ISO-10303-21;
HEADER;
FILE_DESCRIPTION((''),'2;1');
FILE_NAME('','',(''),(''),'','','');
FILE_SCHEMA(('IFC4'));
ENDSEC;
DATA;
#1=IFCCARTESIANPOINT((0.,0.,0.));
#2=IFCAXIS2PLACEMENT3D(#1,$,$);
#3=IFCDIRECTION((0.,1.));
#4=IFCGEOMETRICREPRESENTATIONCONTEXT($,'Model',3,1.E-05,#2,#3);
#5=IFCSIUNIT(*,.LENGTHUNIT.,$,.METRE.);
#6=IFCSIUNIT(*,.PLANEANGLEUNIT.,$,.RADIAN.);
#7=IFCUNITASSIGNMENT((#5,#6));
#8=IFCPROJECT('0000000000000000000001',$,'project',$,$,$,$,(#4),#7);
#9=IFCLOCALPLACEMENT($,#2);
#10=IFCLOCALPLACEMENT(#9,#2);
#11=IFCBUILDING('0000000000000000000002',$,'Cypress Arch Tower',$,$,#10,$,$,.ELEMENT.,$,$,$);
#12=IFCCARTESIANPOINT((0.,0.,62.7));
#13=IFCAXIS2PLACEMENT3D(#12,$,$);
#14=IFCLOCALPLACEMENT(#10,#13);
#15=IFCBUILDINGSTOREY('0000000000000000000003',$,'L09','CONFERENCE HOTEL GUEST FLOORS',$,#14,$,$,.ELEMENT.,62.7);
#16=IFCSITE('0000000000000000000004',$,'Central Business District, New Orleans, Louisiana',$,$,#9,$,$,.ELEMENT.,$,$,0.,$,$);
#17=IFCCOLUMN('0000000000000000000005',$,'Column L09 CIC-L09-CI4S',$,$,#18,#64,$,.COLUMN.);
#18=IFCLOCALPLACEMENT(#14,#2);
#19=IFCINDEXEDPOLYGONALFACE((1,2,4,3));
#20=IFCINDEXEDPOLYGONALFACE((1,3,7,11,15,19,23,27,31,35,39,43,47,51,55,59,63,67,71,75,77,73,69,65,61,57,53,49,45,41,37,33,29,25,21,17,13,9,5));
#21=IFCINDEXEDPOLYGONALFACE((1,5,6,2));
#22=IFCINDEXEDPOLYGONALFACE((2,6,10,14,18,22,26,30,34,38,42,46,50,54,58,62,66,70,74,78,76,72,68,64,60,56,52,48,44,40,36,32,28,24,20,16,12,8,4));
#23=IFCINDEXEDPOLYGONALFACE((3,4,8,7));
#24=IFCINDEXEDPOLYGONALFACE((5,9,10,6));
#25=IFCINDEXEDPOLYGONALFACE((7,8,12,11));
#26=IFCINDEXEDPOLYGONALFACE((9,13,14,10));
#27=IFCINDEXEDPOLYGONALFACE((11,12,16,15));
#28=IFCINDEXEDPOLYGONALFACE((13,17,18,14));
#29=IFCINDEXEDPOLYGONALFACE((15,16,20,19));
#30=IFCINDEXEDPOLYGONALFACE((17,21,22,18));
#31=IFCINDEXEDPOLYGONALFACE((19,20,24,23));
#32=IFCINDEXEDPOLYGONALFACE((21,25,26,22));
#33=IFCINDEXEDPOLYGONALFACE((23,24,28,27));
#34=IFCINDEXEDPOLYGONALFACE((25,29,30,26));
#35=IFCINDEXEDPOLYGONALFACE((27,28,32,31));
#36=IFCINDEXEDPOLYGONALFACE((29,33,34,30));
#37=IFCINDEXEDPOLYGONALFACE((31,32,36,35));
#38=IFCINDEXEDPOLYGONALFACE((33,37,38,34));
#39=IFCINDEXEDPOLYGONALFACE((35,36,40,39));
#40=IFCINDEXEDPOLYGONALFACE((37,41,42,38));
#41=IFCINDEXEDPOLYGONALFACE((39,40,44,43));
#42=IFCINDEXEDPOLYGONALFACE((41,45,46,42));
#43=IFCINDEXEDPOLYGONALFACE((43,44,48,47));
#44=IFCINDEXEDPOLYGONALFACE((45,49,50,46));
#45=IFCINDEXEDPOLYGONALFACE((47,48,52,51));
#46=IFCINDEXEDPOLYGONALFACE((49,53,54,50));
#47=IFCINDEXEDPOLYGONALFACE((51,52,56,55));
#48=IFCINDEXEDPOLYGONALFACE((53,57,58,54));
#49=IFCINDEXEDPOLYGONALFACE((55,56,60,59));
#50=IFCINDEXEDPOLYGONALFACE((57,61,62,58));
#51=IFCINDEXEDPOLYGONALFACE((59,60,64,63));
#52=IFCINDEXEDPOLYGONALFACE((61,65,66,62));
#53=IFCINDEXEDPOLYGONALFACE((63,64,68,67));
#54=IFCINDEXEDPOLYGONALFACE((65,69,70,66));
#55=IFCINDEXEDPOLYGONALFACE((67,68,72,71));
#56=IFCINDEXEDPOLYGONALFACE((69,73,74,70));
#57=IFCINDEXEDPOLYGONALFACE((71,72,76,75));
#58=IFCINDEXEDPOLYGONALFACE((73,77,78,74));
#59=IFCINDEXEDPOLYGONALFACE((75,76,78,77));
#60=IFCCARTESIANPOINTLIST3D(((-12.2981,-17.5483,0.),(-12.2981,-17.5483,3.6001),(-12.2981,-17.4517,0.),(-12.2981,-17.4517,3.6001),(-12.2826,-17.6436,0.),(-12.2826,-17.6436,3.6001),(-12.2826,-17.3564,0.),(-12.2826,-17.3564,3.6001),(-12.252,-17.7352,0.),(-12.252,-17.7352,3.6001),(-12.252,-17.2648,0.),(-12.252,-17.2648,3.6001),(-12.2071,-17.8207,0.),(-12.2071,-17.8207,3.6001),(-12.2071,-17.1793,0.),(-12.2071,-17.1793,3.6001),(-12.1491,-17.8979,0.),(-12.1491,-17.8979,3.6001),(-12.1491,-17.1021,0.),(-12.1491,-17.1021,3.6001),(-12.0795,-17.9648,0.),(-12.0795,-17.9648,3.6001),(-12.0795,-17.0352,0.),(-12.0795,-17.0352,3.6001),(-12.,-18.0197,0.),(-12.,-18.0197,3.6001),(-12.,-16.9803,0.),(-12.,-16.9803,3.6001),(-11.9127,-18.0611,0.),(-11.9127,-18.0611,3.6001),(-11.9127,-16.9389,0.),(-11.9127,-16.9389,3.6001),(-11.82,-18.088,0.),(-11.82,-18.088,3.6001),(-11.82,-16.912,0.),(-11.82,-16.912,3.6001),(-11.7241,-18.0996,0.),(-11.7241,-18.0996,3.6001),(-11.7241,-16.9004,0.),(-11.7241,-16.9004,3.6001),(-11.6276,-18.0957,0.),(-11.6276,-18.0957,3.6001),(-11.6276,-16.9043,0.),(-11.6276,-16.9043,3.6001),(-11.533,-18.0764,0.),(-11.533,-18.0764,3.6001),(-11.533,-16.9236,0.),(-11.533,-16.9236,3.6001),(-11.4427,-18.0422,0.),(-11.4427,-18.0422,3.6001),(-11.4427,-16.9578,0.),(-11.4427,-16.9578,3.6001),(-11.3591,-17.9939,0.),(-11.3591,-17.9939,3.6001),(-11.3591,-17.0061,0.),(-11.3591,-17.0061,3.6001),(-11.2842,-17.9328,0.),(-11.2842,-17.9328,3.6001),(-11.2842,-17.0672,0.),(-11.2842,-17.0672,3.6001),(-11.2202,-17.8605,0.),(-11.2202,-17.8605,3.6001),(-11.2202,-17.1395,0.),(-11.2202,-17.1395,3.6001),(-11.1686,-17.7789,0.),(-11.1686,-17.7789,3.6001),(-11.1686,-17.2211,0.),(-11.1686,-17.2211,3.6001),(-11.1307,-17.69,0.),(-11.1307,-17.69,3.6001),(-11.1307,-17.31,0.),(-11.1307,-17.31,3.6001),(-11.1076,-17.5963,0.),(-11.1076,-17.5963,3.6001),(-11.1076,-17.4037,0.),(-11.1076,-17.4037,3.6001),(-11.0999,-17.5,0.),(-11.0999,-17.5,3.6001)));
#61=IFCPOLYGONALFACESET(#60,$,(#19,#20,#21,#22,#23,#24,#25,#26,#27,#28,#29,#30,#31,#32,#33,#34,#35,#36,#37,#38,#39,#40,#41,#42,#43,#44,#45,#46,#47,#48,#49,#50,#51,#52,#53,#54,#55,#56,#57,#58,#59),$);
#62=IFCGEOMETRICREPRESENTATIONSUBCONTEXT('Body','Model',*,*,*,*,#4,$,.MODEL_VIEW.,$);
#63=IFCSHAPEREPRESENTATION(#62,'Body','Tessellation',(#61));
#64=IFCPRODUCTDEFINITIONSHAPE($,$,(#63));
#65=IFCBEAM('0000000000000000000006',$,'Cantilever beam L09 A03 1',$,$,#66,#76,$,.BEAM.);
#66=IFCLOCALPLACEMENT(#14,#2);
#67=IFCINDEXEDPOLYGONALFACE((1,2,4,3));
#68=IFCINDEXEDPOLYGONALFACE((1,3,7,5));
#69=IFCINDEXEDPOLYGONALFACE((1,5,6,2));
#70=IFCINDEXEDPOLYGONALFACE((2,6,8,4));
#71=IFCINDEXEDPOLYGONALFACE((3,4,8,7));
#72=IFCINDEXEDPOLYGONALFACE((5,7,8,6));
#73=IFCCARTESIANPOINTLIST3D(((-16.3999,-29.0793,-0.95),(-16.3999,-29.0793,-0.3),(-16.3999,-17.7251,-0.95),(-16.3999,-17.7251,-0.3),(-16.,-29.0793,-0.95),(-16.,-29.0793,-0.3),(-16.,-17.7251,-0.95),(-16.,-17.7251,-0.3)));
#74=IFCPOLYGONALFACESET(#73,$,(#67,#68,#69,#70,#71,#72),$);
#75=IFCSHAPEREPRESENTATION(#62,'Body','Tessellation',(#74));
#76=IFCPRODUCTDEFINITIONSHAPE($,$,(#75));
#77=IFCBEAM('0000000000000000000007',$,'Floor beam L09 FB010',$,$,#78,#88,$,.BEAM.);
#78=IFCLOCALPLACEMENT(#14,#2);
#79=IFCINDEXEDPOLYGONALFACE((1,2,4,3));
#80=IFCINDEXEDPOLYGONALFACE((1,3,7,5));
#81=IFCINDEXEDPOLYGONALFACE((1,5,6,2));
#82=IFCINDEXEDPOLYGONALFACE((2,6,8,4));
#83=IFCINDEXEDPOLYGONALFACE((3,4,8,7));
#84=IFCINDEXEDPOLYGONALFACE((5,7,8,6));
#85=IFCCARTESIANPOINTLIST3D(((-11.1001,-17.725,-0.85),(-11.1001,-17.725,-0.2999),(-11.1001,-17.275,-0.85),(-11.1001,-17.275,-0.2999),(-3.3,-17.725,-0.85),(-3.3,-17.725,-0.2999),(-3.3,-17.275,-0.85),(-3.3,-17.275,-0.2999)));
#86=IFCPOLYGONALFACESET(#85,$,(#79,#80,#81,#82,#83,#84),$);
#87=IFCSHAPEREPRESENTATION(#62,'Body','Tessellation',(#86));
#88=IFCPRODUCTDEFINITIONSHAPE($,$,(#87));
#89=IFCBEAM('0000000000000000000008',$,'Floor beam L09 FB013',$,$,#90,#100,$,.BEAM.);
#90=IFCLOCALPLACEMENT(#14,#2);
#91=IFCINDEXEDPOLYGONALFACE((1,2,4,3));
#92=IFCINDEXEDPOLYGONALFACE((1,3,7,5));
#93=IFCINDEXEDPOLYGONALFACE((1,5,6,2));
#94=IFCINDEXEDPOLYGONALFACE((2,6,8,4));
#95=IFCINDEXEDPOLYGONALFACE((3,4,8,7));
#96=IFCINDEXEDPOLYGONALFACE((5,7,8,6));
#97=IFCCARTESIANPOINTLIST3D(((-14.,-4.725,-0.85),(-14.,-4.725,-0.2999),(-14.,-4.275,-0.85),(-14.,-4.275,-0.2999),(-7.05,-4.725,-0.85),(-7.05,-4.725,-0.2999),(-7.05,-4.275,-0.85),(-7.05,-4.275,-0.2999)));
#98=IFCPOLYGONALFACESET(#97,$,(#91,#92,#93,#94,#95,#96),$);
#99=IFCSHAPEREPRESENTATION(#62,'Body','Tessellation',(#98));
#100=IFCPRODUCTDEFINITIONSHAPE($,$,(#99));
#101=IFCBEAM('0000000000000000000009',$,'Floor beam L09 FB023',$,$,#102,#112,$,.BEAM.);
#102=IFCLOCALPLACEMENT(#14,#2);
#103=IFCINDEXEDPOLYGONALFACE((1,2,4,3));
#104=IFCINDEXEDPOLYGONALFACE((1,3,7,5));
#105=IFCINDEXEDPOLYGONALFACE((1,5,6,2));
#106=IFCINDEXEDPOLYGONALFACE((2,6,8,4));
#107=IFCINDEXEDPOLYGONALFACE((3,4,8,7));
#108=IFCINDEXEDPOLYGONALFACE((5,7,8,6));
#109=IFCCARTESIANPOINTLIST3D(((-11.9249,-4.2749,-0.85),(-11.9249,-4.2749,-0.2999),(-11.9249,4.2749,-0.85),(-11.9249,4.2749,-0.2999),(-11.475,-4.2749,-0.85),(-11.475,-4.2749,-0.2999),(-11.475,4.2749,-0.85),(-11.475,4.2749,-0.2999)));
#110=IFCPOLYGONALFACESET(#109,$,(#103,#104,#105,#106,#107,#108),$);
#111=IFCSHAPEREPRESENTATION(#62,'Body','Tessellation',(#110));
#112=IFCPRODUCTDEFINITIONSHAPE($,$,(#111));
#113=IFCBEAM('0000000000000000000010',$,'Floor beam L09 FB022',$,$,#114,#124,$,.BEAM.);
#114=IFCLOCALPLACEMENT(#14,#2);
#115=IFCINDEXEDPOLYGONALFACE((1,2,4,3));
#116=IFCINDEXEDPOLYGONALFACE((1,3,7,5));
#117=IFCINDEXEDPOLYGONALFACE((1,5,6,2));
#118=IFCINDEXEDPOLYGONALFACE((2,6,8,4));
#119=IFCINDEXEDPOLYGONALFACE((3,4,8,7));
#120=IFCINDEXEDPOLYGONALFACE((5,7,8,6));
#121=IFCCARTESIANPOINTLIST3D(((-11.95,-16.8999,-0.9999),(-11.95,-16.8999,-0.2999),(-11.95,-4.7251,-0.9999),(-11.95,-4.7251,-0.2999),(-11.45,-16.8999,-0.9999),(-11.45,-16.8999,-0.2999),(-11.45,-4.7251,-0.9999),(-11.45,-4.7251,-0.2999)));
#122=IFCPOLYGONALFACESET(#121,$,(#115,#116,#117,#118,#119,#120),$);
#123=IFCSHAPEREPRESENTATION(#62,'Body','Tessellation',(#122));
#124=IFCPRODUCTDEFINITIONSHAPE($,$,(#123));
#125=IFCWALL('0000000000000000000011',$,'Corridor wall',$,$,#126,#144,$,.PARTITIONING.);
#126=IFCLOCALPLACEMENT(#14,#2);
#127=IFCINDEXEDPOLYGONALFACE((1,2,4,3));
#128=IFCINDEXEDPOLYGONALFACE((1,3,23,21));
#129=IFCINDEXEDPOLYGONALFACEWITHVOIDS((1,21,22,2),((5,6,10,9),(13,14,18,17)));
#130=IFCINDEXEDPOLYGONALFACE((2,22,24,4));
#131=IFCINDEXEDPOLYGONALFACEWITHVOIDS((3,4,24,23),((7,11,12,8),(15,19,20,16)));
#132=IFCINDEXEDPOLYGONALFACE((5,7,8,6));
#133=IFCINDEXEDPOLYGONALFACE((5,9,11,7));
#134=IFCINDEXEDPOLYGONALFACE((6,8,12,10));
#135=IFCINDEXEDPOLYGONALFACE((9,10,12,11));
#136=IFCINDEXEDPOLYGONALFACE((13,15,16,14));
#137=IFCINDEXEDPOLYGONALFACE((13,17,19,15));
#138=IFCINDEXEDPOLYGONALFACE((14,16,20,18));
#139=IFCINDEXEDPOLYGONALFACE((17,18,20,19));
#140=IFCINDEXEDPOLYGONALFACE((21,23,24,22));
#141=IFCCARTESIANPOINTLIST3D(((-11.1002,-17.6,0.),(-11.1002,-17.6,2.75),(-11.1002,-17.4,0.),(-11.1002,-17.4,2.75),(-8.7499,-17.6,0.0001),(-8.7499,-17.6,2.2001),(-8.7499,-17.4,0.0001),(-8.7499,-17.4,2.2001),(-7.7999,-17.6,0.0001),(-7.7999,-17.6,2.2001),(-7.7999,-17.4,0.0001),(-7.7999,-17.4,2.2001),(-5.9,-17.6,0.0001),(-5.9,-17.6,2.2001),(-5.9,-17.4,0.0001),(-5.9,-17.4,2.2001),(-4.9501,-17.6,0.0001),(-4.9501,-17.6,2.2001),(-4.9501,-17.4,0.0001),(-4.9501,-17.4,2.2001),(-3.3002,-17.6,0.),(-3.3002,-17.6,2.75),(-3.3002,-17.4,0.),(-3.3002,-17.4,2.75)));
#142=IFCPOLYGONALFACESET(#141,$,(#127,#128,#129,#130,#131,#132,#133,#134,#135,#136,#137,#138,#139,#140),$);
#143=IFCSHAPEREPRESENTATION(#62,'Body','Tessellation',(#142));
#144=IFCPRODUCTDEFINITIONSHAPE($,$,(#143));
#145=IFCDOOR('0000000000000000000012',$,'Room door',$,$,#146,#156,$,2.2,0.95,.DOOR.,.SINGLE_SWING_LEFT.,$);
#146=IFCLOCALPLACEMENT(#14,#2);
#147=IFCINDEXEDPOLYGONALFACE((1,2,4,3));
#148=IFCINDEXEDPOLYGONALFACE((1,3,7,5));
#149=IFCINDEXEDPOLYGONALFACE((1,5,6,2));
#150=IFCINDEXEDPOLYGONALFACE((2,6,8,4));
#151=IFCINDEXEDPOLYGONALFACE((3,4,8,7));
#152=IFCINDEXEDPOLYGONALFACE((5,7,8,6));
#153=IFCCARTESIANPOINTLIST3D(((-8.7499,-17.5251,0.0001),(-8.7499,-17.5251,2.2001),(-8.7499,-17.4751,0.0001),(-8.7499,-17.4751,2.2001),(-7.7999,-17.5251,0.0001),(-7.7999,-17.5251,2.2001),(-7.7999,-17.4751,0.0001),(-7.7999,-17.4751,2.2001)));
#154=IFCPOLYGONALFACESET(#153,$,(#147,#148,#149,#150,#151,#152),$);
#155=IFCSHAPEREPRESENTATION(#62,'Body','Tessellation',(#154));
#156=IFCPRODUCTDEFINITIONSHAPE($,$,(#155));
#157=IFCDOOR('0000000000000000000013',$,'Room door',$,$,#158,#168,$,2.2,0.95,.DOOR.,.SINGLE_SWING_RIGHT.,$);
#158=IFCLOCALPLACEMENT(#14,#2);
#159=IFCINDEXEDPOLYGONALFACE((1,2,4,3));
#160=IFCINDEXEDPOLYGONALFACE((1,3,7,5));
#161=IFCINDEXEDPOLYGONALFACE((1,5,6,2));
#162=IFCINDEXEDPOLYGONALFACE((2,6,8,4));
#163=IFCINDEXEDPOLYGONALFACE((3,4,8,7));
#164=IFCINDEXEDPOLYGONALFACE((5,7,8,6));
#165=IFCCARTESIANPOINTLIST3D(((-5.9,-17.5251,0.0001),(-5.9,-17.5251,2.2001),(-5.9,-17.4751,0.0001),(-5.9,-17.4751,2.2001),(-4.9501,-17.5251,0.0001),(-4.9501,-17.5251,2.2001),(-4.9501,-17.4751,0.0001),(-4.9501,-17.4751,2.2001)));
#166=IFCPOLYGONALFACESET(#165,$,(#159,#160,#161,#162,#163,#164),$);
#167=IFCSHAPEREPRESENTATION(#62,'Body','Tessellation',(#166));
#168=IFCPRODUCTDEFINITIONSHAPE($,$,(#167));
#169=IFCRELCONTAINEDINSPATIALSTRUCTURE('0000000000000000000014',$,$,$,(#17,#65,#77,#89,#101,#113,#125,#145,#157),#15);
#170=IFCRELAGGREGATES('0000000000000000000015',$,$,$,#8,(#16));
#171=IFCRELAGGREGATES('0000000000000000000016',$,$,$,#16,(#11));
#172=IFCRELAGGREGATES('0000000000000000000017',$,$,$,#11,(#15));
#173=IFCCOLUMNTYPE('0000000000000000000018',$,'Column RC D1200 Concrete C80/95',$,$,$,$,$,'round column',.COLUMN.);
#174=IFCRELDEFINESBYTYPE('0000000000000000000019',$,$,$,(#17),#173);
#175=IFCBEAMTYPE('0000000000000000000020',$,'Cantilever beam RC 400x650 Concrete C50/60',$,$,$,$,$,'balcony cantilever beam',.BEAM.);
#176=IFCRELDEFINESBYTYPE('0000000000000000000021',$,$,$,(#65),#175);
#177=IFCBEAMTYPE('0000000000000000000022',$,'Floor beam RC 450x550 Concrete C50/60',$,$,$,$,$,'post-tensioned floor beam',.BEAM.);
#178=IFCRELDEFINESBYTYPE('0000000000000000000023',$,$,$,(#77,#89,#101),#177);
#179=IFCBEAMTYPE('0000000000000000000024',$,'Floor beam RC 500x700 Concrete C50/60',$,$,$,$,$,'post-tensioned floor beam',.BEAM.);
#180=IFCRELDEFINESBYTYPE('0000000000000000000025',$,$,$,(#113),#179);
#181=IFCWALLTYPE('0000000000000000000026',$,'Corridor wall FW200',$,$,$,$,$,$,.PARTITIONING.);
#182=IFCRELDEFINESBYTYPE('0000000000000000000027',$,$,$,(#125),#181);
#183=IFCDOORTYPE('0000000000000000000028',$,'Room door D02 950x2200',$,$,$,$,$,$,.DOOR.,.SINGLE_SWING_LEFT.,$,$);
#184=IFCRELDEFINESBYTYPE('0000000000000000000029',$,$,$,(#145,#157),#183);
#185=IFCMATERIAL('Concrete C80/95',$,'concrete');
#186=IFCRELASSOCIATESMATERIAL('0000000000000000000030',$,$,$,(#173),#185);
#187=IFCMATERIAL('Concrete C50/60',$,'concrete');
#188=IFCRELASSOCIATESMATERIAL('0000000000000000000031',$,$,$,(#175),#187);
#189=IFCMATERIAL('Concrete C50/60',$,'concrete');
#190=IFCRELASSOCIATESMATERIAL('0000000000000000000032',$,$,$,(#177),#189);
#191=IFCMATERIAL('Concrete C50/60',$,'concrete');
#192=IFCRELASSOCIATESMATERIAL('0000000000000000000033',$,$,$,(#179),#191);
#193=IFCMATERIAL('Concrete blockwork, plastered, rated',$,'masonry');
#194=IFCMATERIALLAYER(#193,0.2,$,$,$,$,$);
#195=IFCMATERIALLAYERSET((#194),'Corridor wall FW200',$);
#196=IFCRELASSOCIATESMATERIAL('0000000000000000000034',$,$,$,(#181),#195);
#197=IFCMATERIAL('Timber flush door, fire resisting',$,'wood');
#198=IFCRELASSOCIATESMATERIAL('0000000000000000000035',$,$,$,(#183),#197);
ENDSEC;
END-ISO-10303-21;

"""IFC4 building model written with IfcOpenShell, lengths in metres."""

from ifc_helpers import new_model, si_unit, direction, frame, frame_2d, origin, origin_2d, place, context, subcontext, project, spatial, rectangle, circle, extrude, material, layer, layer_set, material_profile, profile_set, type_object, element, fill, save


model = new_model("IFC4")

# Units and contexts
model_context = context("Model", 3, precision=1e-05, world=origin(), true_north=direction((0.0, 1.0)))
body_context = subcontext(model_context, "Body", "Model", "MODEL_VIEW")
ifc_project = project(units=[si_unit("LENGTHUNIT", "METRE"), si_unit("PLANEANGLEUNIT", "RADIAN")], contexts=[model_context])

# Site, building, storey
site_placement = place(None, origin())
site = spatial("IfcSite", under=ifc_project, at=site_placement, Name="Central Business District, New Orleans, Louisiana", CompositionType="ELEMENT", RefElevation=0.0)
building_placement = place(site_placement, origin())
building = spatial("IfcBuilding", under=site, at=building_placement, Name="Cypress Arch Tower", CompositionType="ELEMENT")
storey_placement = place(building_placement, frame((0.0, 0.0, 62.7)))
storey = spatial("IfcBuildingStorey", under=building, at=storey_placement, Name="L09", Description="CONFERENCE HOTEL GUEST FLOORS", CompositionType="ELEMENT", Elevation=62.7)

# Column
ifc_material_1 = material(Name="Concrete C80/95", Category="concrete")
ifc_material_profile_1 = material_profile(ifc_material_1, circle(Radius=0.6001, at=origin_2d()), Name="RC D1200")
ifc_profile_set_1 = profile_set([ifc_material_profile_1], Name="Concrete C80/95")
column_type = type_object("IfcColumnType", Name="Column RC D1200 Concrete C80/95", ElementType="round column", PredefinedType="COLUMN", material=ifc_profile_set_1)
column_placement = place(storey_placement, frame((-11.7, -17.5, 0.0), z_axis=(0.0, 0.0, 1.0), x_axis=(1.0, 0.0, 0.0)))
element("IfcColumn", 1, at=column_placement, inside=storey, type_object=column_type, Name="Column L09 CIC-L09-CI4S", PredefinedType="COLUMN", context=body_context, shape_type="SweptSolid", body=[
    extrude(circle(Radius=0.6001, at=origin_2d()), origin(), (0.0, 0.0, 1.0), 3.6001),
])

# Beams
ifc_material_2 = material(Name="Concrete C50/60", Category="concrete")
ifc_material_profile_2 = material_profile(ifc_material_2, rectangle(XDim=0.3999, YDim=0.6499, at=origin_2d()), Name="RC 400x650")
ifc_profile_set_2 = profile_set([ifc_material_profile_2], Name="Concrete C50/60")
beam_type_1 = type_object("IfcBeamType", Name="Cantilever beam RC 400x650 Concrete C50/60", ElementType="balcony cantilever beam", PredefinedType="BEAM", material=ifc_profile_set_2)
beam_1_placement = place(storey_placement, frame((-16.2, -17.7251, -0.625), z_axis=(0.0, -1.0, 0.0), x_axis=(1.0, 0.0, 0.0)))
element("IfcBeam", 2, at=beam_1_placement, inside=storey, type_object=beam_type_1, Name="Cantilever beam L09 A03 1", PredefinedType="BEAM", context=body_context, shape_type="SweptSolid", body=[
    extrude(rectangle(XDim=0.3999, YDim=0.6499, at=origin_2d()), origin(), (0.0, 0.0, 1.0), 11.3542),
])
ifc_material_3 = material(Name="Concrete C50/60", Category="concrete")
ifc_material_profile_3 = material_profile(ifc_material_3, rectangle(XDim=0.45, YDim=0.55, at=origin_2d()), Name="RC 450x550")
ifc_profile_set_3 = profile_set([ifc_material_profile_3], Name="Concrete C50/60")
beam_type_2 = type_object("IfcBeamType", Name="Floor beam RC 450x550 Concrete C50/60", ElementType="post-tensioned floor beam", PredefinedType="BEAM", material=ifc_profile_set_3)
beam_2_placement = place(storey_placement, frame((-11.1001, -17.5, -0.575), z_axis=(1.0, 0.0, 0.0), x_axis=(0.0, 1.0, 0.0)))
element("IfcBeam", 3, at=beam_2_placement, inside=storey, type_object=beam_type_2, Name="Floor beam L09 FB010", PredefinedType="BEAM", context=body_context, shape_type="SweptSolid", body=[
    extrude(rectangle(XDim=0.45, YDim=0.55, at=origin_2d()), origin(), (0.0, 0.0, 1.0), 7.8),
])
beam_3_placement = place(storey_placement, frame((-14.0, -4.5, -0.575), z_axis=(1.0, 0.0, 0.0), x_axis=(0.0, 1.0, 0.0)))
element("IfcBeam", 4, at=beam_3_placement, inside=storey, type_object=beam_type_2, Name="Floor beam L09 FB013", PredefinedType="BEAM", context=body_context, shape_type="SweptSolid", body=[
    extrude(rectangle(XDim=0.45, YDim=0.55, at=origin_2d()), origin(), (0.0, 0.0, 1.0), 6.95),
])
beam_4_placement = place(storey_placement, frame((-11.7, -4.2749, -0.575), z_axis=(0.0, 1.0, 0.0), x_axis=(-1.0, 0.0, 0.0)))
element("IfcBeam", 5, at=beam_4_placement, inside=storey, type_object=beam_type_2, Name="Floor beam L09 FB023", PredefinedType="BEAM", context=body_context, shape_type="SweptSolid", body=[
    extrude(rectangle(XDim=0.45, YDim=0.55, at=origin_2d()), origin(), (0.0, 0.0, 1.0), 8.5498),
])
ifc_material_4 = material(Name="Concrete C50/60", Category="concrete")
ifc_material_profile_4 = material_profile(ifc_material_4, rectangle(XDim=0.5, YDim=0.7, at=origin_2d()), Name="RC 500x700")
ifc_profile_set_4 = profile_set([ifc_material_profile_4], Name="Concrete C50/60")
beam_type_3 = type_object("IfcBeamType", Name="Floor beam RC 500x700 Concrete C50/60", ElementType="post-tensioned floor beam", PredefinedType="BEAM", material=ifc_profile_set_4)
beam_5_placement = place(storey_placement, frame((-11.7, -16.8999, -0.6499), z_axis=(0.0, 1.0, 0.0), x_axis=(-1.0, 0.0, 0.0)))
element("IfcBeam", 6, at=beam_5_placement, inside=storey, type_object=beam_type_3, Name="Floor beam L09 FB022", PredefinedType="BEAM", context=body_context, shape_type="SweptSolid", body=[
    extrude(rectangle(XDim=0.5, YDim=0.7, at=origin_2d()), origin(), (0.0, 0.0, 1.0), 12.1748),
])

# Wall, openings, doors
ifc_material_5 = material(Name="Concrete blockwork, plastered, rated", Category="masonry")
ifc_layer_1 = layer(ifc_material_5, 0.2)
ifc_layer_set_1 = layer_set([ifc_layer_1], Name="Corridor wall FW200")
wall_type_1 = type_object("IfcWallType", Name="Corridor wall FW200", PredefinedType="PARTITIONING", material=ifc_layer_set_1)
wall_1_placement = place(storey_placement, frame((-11.1001, -17.5, 0.0), z_axis=(0.0, 0.0, 1.0), x_axis=(1.0, 0.0, 0.0)))
wall_1 = element("IfcWall", 7, at=wall_1_placement, inside=storey, type_object=wall_type_1, Name="Corridor wall", PredefinedType="PARTITIONING", context=body_context, shape_type="SweptSolid", body=[
    extrude(rectangle(XDim=7.8, YDim=0.2, at=frame_2d((3.8999, 0.0))), origin(), (0.0, 0.0, 1.0), 2.75),
])
opening_1_placement = place(wall_1_placement, frame((2.3501, 0.0, 0.0)))
opening_1 = element("IfcOpeningElement", 8, at=opening_1_placement, cuts=wall_1, PredefinedType="OPENING", context=body_context, shape_type="SweptSolid", body=[
    extrude(rectangle(XDim=0.95, YDim=2.2, at=frame_2d((0.4751, 1.1001))), frame((0.0, 0.1099, 0.0), z_axis=(0.0, -1.0, 0.0), x_axis=(1.0, 0.0, 0.0)), (0.0, 0.0, 1.0), 0.22),
])
opening_2_placement = place(wall_1_placement, frame((5.2, 0.0, 0.0)))
opening_2 = element("IfcOpeningElement", 9, at=opening_2_placement, cuts=wall_1, PredefinedType="OPENING", context=body_context, shape_type="SweptSolid", body=[
    extrude(rectangle(XDim=0.95, YDim=2.2, at=frame_2d((0.4751, 1.1001))), frame((0.0, 0.1099, 0.0), z_axis=(0.0, -1.0, 0.0), x_axis=(1.0, 0.0, 0.0)), (0.0, 0.0, 1.0), 0.22),
])
ifc_material_6 = material(Name="Timber flush door, fire resisting", Category="wood")
door_type_1 = type_object("IfcDoorType", Name="Room door D02 950x2200", OperationType="SINGLE_SWING_LEFT", PredefinedType="DOOR", material=ifc_material_6)
door_1_placement = place(opening_1_placement, origin())
door_1 = element("IfcDoor", 10, at=door_1_placement, inside=storey, type_object=door_type_1, Name="Room door", OperationType="SINGLE_SWING_LEFT", OverallHeight=2.2, OverallWidth=0.95, PredefinedType="DOOR", context=body_context, shape_type="SweptSolid", body=[
    extrude(rectangle(XDim=0.95, YDim=2.2, at=frame_2d((0.4751, 1.1001))), frame((0.0, 0.0249, 0.0), z_axis=(0.0, -1.0, 0.0), x_axis=(1.0, 0.0, 0.0)), (0.0, 0.0, 1.0), 0.05),
])
fill(opening_1, door_1)
door_2_placement = place(opening_2_placement, origin())
door_2 = element("IfcDoor", 11, at=door_2_placement, inside=storey, type_object=door_type_1, Name="Room door", OperationType="SINGLE_SWING_RIGHT", OverallHeight=2.2, OverallWidth=0.95, PredefinedType="DOOR", context=body_context, shape_type="SweptSolid", body=[
    extrude(rectangle(XDim=0.95, YDim=2.2, at=frame_2d((0.4751, 1.1001))), frame((0.0, 0.0249, 0.0), z_axis=(0.0, -1.0, 0.0), x_axis=(1.0, 0.0, 0.0)), (0.0, 0.0, 1.0), 0.05),
])
fill(opening_2, door_2)

save(model, "model.ifc")
